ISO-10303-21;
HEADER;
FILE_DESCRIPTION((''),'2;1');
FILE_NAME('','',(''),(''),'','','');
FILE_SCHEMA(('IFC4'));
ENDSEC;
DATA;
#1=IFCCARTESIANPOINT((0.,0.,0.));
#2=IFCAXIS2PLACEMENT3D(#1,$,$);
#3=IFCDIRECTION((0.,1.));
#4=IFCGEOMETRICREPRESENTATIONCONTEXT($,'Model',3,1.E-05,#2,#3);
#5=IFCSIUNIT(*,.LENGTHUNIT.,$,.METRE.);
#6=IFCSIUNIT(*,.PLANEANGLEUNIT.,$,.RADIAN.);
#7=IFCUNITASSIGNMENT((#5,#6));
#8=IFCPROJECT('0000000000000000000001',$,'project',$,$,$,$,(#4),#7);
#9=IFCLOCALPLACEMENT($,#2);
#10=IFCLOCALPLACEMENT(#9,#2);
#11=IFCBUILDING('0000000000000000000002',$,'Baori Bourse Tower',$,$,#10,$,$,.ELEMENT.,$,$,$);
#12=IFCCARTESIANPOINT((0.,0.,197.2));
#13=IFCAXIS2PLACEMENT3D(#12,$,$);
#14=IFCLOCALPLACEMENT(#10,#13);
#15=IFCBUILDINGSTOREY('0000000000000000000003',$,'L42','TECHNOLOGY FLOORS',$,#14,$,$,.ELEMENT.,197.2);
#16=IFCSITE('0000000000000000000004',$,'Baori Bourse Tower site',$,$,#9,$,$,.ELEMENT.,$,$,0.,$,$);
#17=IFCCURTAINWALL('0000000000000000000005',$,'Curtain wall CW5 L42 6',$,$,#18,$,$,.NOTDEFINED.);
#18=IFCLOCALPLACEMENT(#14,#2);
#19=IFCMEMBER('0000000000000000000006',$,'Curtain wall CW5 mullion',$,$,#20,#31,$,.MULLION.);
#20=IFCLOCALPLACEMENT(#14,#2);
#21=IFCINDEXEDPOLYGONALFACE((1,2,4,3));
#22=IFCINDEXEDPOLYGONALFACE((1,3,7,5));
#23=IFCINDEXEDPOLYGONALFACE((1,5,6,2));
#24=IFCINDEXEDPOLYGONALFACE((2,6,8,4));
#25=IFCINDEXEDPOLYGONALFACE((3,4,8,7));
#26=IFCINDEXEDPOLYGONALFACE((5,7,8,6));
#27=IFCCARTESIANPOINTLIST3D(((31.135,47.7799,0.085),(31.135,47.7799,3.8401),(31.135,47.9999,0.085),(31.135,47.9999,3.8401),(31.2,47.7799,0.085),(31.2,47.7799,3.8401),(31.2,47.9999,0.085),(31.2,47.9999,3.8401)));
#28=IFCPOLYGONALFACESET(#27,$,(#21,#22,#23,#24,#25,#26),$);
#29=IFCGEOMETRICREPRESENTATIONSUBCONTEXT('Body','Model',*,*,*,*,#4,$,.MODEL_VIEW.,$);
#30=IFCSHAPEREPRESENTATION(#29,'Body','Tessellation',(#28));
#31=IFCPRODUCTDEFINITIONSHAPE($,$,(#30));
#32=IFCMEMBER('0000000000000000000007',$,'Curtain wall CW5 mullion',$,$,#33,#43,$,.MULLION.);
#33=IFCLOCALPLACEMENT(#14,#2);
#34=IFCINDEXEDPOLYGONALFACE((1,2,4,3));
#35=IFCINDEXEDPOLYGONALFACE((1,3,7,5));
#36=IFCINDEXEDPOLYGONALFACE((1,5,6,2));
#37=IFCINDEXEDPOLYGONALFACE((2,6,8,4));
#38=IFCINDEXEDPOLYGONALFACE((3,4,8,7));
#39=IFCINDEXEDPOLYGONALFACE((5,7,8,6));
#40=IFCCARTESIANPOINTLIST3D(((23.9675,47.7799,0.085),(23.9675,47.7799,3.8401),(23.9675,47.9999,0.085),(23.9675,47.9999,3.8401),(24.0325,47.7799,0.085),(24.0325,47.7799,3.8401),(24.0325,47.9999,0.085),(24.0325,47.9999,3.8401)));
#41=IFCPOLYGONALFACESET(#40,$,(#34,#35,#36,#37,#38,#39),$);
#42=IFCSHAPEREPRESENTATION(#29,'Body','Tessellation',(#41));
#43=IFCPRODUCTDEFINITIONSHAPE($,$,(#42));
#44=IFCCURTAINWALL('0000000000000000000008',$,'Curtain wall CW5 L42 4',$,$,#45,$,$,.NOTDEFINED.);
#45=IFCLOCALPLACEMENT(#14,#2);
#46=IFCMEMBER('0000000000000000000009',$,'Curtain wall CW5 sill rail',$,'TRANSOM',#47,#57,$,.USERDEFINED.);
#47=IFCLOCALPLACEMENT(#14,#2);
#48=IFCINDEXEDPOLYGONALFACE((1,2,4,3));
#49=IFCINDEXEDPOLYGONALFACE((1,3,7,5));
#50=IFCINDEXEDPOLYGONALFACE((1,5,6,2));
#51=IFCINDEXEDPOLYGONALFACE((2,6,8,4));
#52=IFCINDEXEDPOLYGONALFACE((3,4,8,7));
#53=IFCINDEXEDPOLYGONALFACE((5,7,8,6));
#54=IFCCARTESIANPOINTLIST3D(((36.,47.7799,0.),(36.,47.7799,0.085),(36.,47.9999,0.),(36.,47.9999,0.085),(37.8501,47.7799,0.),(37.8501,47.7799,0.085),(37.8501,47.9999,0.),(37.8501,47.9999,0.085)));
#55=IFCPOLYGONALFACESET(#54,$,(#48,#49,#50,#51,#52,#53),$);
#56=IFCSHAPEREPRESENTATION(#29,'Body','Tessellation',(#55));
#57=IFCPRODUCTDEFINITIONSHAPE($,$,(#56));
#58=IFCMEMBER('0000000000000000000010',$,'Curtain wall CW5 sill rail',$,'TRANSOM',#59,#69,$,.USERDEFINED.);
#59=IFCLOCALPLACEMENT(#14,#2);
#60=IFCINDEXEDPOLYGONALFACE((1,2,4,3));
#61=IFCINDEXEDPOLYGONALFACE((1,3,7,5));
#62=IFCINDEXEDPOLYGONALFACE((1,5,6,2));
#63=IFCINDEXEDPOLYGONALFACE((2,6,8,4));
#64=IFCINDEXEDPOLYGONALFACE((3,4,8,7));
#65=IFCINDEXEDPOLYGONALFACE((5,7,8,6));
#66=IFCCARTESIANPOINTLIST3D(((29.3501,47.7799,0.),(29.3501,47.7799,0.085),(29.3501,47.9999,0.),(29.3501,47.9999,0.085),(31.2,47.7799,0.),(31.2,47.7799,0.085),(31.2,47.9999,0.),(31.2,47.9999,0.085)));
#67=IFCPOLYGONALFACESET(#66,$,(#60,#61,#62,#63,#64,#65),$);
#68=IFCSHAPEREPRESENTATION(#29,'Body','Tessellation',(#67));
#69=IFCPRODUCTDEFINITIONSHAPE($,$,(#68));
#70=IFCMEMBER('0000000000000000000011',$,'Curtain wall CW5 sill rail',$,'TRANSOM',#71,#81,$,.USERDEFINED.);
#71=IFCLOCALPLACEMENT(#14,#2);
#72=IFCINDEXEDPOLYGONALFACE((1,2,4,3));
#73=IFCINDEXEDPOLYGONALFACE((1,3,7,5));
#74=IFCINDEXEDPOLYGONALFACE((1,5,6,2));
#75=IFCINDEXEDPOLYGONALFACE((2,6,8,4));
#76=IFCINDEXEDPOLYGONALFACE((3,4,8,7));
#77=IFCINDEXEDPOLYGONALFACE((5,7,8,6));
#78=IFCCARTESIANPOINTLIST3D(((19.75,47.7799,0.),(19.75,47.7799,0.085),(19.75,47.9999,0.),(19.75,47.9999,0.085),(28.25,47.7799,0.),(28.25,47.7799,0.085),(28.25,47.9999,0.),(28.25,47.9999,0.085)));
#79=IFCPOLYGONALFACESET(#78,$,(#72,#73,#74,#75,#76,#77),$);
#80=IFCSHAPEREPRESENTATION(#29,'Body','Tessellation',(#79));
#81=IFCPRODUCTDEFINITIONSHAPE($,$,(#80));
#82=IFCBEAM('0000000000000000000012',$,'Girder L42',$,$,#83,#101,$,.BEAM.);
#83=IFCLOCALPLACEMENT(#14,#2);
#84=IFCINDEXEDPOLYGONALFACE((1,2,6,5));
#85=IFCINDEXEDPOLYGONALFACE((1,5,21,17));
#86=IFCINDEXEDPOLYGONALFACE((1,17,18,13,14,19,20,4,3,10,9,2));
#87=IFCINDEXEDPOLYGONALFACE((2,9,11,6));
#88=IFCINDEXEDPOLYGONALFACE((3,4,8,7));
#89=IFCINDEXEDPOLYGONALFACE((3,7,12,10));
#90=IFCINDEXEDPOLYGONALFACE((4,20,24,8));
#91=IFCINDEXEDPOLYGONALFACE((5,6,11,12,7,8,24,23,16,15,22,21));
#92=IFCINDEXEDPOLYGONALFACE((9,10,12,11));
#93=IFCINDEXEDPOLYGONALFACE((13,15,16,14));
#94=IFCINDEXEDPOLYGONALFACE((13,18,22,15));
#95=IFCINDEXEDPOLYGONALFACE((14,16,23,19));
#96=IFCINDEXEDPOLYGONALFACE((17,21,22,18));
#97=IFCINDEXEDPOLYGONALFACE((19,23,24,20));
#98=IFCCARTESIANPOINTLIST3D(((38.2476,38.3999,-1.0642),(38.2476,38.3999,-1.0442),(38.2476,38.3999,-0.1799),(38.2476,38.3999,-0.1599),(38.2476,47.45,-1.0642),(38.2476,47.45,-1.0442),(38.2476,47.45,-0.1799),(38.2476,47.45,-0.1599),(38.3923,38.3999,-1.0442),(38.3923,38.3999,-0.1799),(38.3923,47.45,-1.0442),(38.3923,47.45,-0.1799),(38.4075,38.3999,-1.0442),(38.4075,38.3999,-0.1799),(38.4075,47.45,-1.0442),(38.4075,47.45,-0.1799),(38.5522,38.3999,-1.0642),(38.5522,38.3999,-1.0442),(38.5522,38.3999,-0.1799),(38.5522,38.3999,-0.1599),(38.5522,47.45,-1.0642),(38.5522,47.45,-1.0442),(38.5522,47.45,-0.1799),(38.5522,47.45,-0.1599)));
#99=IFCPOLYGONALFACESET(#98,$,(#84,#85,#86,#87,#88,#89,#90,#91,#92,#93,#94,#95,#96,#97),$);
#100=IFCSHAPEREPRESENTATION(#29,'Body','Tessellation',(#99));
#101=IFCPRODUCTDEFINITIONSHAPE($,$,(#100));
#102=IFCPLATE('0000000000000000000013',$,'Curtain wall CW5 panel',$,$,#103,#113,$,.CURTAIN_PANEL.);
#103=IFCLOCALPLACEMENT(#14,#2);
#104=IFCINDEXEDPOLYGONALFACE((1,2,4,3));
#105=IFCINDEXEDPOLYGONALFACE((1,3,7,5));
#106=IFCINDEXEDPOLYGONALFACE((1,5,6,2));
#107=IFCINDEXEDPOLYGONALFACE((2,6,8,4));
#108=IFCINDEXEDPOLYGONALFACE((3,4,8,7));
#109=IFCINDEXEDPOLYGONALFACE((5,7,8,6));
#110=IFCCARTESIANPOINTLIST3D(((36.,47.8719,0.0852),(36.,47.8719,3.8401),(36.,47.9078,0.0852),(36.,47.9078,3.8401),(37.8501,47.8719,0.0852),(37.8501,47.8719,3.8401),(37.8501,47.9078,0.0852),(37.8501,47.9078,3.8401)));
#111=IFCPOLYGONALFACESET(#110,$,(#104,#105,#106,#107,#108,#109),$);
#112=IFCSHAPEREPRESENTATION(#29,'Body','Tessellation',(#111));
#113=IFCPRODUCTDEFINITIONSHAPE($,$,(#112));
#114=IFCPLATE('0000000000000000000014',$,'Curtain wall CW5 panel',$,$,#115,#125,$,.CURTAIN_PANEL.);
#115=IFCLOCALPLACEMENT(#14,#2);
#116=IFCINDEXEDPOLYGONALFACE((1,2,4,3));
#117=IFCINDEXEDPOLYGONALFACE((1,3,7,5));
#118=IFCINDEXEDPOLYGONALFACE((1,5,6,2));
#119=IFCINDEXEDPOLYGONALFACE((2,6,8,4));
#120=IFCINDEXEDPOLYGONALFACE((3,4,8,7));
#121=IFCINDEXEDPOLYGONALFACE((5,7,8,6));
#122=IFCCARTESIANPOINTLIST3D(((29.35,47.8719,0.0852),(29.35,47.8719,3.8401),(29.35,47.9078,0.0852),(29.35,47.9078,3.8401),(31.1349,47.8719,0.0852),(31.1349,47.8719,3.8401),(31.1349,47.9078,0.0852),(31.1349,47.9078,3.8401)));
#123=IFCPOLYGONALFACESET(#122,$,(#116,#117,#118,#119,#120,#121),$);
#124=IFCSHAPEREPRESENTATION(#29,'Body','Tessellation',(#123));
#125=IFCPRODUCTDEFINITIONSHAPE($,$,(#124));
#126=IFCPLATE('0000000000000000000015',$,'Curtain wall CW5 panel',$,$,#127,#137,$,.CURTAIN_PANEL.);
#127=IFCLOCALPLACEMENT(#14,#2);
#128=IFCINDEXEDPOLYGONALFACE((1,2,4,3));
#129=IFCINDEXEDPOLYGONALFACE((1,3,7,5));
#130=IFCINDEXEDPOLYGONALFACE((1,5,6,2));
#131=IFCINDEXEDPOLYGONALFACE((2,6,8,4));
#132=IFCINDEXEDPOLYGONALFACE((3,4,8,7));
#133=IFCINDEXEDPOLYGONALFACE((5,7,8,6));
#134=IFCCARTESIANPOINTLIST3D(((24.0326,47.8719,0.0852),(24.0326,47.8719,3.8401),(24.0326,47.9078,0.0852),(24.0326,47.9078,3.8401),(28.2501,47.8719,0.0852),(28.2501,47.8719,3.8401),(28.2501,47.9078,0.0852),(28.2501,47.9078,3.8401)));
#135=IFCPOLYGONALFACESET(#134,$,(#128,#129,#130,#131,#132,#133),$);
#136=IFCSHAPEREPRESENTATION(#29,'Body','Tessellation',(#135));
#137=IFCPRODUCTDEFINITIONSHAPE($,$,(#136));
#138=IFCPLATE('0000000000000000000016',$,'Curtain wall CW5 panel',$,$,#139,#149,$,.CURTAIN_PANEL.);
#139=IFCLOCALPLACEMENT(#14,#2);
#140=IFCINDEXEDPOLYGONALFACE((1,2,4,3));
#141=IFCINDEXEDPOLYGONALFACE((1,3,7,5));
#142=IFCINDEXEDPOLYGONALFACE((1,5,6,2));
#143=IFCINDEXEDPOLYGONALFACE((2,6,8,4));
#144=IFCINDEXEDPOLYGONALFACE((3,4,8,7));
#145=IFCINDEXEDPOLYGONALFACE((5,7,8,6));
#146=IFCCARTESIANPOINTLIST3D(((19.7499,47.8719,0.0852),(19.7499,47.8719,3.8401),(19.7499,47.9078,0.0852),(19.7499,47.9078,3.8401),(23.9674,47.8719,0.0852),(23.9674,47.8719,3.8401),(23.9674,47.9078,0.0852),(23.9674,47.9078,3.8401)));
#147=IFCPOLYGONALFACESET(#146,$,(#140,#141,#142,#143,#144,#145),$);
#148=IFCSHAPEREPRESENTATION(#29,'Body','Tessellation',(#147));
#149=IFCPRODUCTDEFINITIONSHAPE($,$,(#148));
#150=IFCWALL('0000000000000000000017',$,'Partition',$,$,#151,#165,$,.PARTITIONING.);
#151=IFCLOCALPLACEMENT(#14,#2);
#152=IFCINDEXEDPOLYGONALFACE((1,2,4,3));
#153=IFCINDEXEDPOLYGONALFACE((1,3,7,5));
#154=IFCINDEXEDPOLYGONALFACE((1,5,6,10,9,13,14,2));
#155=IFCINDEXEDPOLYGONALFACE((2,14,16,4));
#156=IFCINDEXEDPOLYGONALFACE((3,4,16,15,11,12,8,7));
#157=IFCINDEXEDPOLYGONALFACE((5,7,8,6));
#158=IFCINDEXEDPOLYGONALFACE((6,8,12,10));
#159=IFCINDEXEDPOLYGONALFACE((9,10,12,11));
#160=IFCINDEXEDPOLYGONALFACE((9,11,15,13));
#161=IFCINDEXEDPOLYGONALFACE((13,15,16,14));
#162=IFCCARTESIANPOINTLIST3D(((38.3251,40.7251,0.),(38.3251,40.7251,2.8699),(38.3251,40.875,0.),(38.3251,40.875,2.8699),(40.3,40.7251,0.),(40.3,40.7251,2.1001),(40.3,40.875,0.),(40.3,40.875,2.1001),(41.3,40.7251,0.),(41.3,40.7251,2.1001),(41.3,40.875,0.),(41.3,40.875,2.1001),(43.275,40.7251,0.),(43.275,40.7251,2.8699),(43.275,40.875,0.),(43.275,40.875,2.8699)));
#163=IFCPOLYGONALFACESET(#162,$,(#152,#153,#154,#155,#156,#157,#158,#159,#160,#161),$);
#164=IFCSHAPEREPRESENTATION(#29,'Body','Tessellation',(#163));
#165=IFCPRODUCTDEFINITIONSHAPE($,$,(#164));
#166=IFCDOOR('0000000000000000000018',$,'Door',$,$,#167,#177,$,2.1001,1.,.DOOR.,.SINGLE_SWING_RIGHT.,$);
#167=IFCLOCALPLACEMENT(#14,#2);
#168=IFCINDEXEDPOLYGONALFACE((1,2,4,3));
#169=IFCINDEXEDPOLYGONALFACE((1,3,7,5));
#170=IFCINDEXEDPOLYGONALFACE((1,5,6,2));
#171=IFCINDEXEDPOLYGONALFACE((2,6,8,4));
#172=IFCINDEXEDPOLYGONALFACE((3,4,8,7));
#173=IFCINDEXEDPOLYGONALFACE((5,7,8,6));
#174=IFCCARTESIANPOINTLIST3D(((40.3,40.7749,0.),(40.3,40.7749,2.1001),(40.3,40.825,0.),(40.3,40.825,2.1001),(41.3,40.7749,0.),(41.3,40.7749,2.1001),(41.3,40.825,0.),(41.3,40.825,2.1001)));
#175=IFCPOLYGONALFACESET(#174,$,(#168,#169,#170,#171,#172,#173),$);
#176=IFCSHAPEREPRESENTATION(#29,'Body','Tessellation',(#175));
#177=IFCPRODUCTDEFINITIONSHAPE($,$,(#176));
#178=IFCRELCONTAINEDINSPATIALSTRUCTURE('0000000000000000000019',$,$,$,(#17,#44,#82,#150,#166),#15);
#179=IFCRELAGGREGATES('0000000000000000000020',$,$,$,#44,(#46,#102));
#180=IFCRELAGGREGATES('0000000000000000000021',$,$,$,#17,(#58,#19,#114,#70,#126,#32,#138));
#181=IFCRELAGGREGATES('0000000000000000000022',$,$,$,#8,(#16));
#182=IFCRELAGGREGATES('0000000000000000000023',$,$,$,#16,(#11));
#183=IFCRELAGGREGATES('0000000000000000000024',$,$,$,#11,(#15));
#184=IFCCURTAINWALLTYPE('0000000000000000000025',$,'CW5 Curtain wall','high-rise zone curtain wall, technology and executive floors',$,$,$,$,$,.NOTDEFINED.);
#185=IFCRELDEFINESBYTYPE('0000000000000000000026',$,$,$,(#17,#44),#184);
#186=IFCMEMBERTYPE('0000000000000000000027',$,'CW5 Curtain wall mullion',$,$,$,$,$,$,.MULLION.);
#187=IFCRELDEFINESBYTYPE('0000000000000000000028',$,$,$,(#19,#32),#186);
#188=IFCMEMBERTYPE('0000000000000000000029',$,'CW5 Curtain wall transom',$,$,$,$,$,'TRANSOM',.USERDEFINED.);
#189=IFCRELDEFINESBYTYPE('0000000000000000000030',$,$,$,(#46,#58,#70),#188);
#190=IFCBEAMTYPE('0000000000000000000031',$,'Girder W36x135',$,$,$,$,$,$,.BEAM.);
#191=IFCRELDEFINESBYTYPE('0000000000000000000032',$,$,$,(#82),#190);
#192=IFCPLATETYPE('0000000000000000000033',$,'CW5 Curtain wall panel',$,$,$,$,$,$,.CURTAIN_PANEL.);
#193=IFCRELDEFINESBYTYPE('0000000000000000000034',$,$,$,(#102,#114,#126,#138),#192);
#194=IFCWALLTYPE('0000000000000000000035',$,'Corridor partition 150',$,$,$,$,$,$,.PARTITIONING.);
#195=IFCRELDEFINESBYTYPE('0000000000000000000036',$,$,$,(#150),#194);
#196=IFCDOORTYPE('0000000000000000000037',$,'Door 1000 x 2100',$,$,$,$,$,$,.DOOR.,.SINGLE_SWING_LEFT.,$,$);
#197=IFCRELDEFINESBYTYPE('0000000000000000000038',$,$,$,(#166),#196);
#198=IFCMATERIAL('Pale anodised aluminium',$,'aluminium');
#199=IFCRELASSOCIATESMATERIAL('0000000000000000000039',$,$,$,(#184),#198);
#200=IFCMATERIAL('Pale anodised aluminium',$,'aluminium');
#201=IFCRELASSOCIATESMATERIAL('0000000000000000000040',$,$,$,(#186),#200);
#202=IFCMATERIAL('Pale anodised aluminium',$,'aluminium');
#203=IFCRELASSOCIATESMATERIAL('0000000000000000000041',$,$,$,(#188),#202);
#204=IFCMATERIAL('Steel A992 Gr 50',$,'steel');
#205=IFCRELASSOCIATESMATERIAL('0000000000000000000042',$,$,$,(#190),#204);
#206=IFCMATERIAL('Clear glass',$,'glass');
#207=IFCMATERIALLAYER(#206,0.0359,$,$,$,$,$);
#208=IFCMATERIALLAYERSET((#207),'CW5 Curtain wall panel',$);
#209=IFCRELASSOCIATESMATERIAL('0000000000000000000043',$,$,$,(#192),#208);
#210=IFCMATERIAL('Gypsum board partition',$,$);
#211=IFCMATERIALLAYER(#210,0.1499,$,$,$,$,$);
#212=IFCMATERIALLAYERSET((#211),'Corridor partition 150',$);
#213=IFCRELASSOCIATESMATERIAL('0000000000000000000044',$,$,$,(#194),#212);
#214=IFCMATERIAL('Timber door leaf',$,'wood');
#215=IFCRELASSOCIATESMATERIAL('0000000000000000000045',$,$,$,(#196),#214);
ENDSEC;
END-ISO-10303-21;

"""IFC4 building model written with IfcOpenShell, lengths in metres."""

from ifc_helpers import new_model, si_unit, direction, frame, frame_2d, origin, origin_2d, place, context, subcontext, project, spatial, rectangle, i_section, extrude, material, layer, layer_set, material_profile, profile_set, type_object, element, fill, aggregate, save


model = new_model("IFC4")

# Units and contexts
model_context = context("Model", 3, precision=1e-05, world=origin(), true_north=direction((0.0, 1.0)))
body_context = subcontext(model_context, "Body", "Model", "MODEL_VIEW")
ifc_project = project(units=[si_unit("LENGTHUNIT", "METRE"), si_unit("PLANEANGLEUNIT", "RADIAN")], contexts=[model_context])

# Site, building, storey
site_placement = place(None, origin())
site = spatial("IfcSite", under=ifc_project, at=site_placement, Name="Baori Bourse Tower site", CompositionType="ELEMENT", RefElevation=0.0)
building_placement = place(site_placement, origin())
building = spatial("IfcBuilding", under=site, at=building_placement, Name="Baori Bourse Tower", CompositionType="ELEMENT")
storey_placement = place(building_placement, frame((0.0, 0.0, 197.2)))
storey = spatial("IfcBuildingStorey", under=building, at=storey_placement, Name="L42", Description="TECHNOLOGY FLOORS", CompositionType="ELEMENT", Elevation=197.2)

# Curtain wall, members
ifc_material_1 = material(Name="Pale anodised aluminium", Category="aluminium")
curtain_wall_type = type_object("IfcCurtainWallType", Name="CW5 Curtain wall", Description="high-rise zone curtain wall, technology and executive floors", PredefinedType="NOTDEFINED", material=ifc_material_1)
curtain_wall_1_placement = place(storey_placement, origin())
curtain_wall_1 = element("IfcCurtainWall", 1, at=curtain_wall_1_placement, inside=storey, type_object=curtain_wall_type, Name="Curtain wall CW5 L42 6", PredefinedType="NOTDEFINED")
ifc_material_2 = material(Name="Pale anodised aluminium", Category="aluminium")
ifc_material_profile_1 = material_profile(ifc_material_2, rectangle(XDim=0.22, YDim=0.0649, at=origin_2d()), Name="Mullion 65x220")
ifc_profile_set_1 = profile_set([ifc_material_profile_1], Name="Pale anodised aluminium")
member_type_1 = type_object("IfcMemberType", Name="CW5 Curtain wall mullion", PredefinedType="MULLION", material=ifc_profile_set_1)
member_1_placement = place(storey_placement, frame((31.1675, 47.8899, 0.085), z_axis=(0.0, 0.0, 1.0), x_axis=(0.0, -1.0, 0.0)))
member_1 = element("IfcMember", 2, at=member_1_placement, type_object=member_type_1, Name="Curtain wall CW5 mullion", PredefinedType="MULLION", context=body_context, shape_type="SweptSolid", body=[
    extrude(rectangle(XDim=0.22, YDim=0.0649, at=origin_2d()), origin(), (0.0, 0.0, 1.0), 3.7551),
])
member_2_placement = place(storey_placement, frame((24.0, 47.8899, 0.085), z_axis=(0.0, 0.0, 1.0), x_axis=(0.0, -1.0, 0.0)))
member_2 = element("IfcMember", 3, at=member_2_placement, type_object=member_type_1, Name="Curtain wall CW5 mullion", PredefinedType="MULLION", context=body_context, shape_type="SweptSolid", body=[
    extrude(rectangle(XDim=0.22, YDim=0.0649, at=origin_2d()), origin(), (0.0, 0.0, 1.0), 3.7551),
])

# Curtain wall, member
curtain_wall_2_placement = place(storey_placement, origin())
curtain_wall_2 = element("IfcCurtainWall", 4, at=curtain_wall_2_placement, inside=storey, type_object=curtain_wall_type, Name="Curtain wall CW5 L42 4", PredefinedType="NOTDEFINED")
ifc_material_3 = material(Name="Pale anodised aluminium", Category="aluminium")
ifc_material_profile_2 = material_profile(ifc_material_3, rectangle(XDim=0.22, YDim=0.085, at=origin_2d()), Name="Transom 85x220")
ifc_profile_set_2 = profile_set([ifc_material_profile_2], Name="Pale anodised aluminium")
member_type_2 = type_object("IfcMemberType", Name="CW5 Curtain wall transom", ElementType="TRANSOM", PredefinedType="USERDEFINED", material=ifc_profile_set_2)
member_3_placement = place(storey_placement, frame((37.8501, 47.8899, 0.0425), z_axis=(-1.0, 0.0, 0.0), x_axis=(0.0, -1.0, 0.0)))
member_3 = element("IfcMember", 5, at=member_3_placement, type_object=member_type_2, Name="Curtain wall CW5 sill rail", ObjectType="TRANSOM", PredefinedType="USERDEFINED", context=body_context, shape_type="SweptSolid", body=[
    extrude(rectangle(XDim=0.22, YDim=0.085, at=origin_2d()), origin(), (0.0, 0.0, 1.0), 1.8501),
])

# Members
member_4_placement = place(storey_placement, frame((31.2, 47.8899, 0.0425), z_axis=(-1.0, 0.0, 0.0), x_axis=(0.0, -1.0, 0.0)))
member_4 = element("IfcMember", 6, at=member_4_placement, type_object=member_type_2, Name="Curtain wall CW5 sill rail", ObjectType="TRANSOM", PredefinedType="USERDEFINED", context=body_context, shape_type="SweptSolid", body=[
    extrude(rectangle(XDim=0.22, YDim=0.085, at=origin_2d()), origin(), (0.0, 0.0, 1.0), 1.8499),
])
member_5_placement = place(storey_placement, frame((28.25, 47.8899, 0.0425), z_axis=(-1.0, 0.0, 0.0), x_axis=(0.0, -1.0, 0.0)))
member_5 = element("IfcMember", 7, at=member_5_placement, type_object=member_type_2, Name="Curtain wall CW5 sill rail", ObjectType="TRANSOM", PredefinedType="USERDEFINED", context=body_context, shape_type="SweptSolid", body=[
    extrude(rectangle(XDim=0.22, YDim=0.085, at=origin_2d()), origin(), (0.0, 0.0, 1.0), 8.5),
])

# Beam
ifc_material_4 = material(Name="Steel A992 Gr 50", Category="steel")
ifc_material_profile_3 = material_profile(ifc_material_4, i_section(OverallWidth=0.3047, OverallDepth=0.9043, WebThickness=0.0151, FlangeThickness=0.02, at=origin_2d()), Name="W36x135")
ifc_profile_set_3 = profile_set([ifc_material_profile_3], Name="Steel A992 Gr 50")
beam_type = type_object("IfcBeamType", Name="Girder W36x135", PredefinedType="BEAM", material=ifc_profile_set_3)
beam_placement = place(storey_placement, frame((38.3999, 38.3999, -0.6121), z_axis=(0.0, 1.0, 0.0), x_axis=(-1.0, 0.0, 0.0)))
element("IfcBeam", 8, at=beam_placement, inside=storey, type_object=beam_type, Name="Girder L42", PredefinedType="BEAM", context=body_context, shape_type="SweptSolid", body=[
    extrude(i_section(OverallWidth=0.3047, OverallDepth=0.9043, WebThickness=0.0151, FlangeThickness=0.02, at=origin_2d()), origin(), (0.0, 0.0, 1.0), 9.05),
])

# Plates
ifc_material_5 = material(Name="Clear glass", Category="glass")
ifc_layer_1 = layer(ifc_material_5, 0.0359)
ifc_layer_set_1 = layer_set([ifc_layer_1], Name="CW5 Curtain wall panel")
plate_type = type_object("IfcPlateType", Name="CW5 Curtain wall panel", PredefinedType="CURTAIN_PANEL", material=ifc_layer_set_1)
plate_1_placement = place(storey_placement, frame((36.925, 47.8899, 0.0852), z_axis=(0.0, 0.0, 1.0), x_axis=(-1.0, 0.0, 0.0)))
plate_1 = element("IfcPlate", 9, at=plate_1_placement, type_object=plate_type, Name="Curtain wall CW5 panel", PredefinedType="CURTAIN_PANEL", context=body_context, shape_type="SweptSolid", body=[
    extrude(rectangle(XDim=1.8501, YDim=0.0359, at=origin_2d()), origin(), (0.0, 0.0, 1.0), 3.7549),
])
aggregate(curtain_wall_2, [member_3, plate_1])
plate_2_placement = place(storey_placement, frame((30.2424, 47.8899, 0.0852), z_axis=(0.0, 0.0, 1.0), x_axis=(-1.0, 0.0, 0.0)))
plate_2 = element("IfcPlate", 10, at=plate_2_placement, type_object=plate_type, Name="Curtain wall CW5 panel", PredefinedType="CURTAIN_PANEL", context=body_context, shape_type="SweptSolid", body=[
    extrude(rectangle(XDim=1.7849, YDim=0.0359, at=origin_2d()), origin(), (0.0, 0.0, 1.0), 3.7549),
])
plate_3_placement = place(storey_placement, frame((26.1414, 47.8899, 0.0852), z_axis=(0.0, 0.0, 1.0), x_axis=(-1.0, 0.0, 0.0)))
plate_3 = element("IfcPlate", 11, at=plate_3_placement, type_object=plate_type, Name="Curtain wall CW5 panel", PredefinedType="CURTAIN_PANEL", context=body_context, shape_type="SweptSolid", body=[
    extrude(rectangle(XDim=4.2175, YDim=0.0359, at=origin_2d()), origin(), (0.0, 0.0, 1.0), 3.7549),
])
plate_4_placement = place(storey_placement, frame((21.8586, 47.8899, 0.0852), z_axis=(0.0, 0.0, 1.0), x_axis=(-1.0, 0.0, 0.0)))
plate_4 = element("IfcPlate", 12, at=plate_4_placement, type_object=plate_type, Name="Curtain wall CW5 panel", PredefinedType="CURTAIN_PANEL", context=body_context, shape_type="SweptSolid", body=[
    extrude(rectangle(XDim=4.2175, YDim=0.0359, at=origin_2d()), origin(), (0.0, 0.0, 1.0), 3.7549),
])
aggregate(curtain_wall_1, [member_4, member_1, plate_2, member_5, plate_3, member_2, plate_4])

# Wall, opening, door
ifc_material_6 = material(Name="Gypsum board partition")
ifc_layer_2 = layer(ifc_material_6, 0.1499)
ifc_layer_set_2 = layer_set([ifc_layer_2], Name="Corridor partition 150")
wall_type_1 = type_object("IfcWallType", Name="Corridor partition 150", PredefinedType="PARTITIONING", material=ifc_layer_set_2)
wall_1_placement = place(storey_placement, frame((38.325, 40.8, 0.0), z_axis=(0.0, 0.0, 1.0), x_axis=(1.0, 0.0, 0.0)))
wall_1 = element("IfcWall", 13, at=wall_1_placement, inside=storey, type_object=wall_type_1, Name="Partition", PredefinedType="PARTITIONING", context=body_context, shape_type="SweptSolid", body=[
    extrude(rectangle(XDim=4.95, YDim=0.1499, at=frame_2d((2.4751, 0.0))), origin(), (0.0, 0.0, 1.0), 2.8699),
])
opening_1_placement = place(wall_1_placement, frame((1.9751, 0.0, 0.0)))
opening_1 = element("IfcOpeningElement", 14, at=opening_1_placement, cuts=wall_1, PredefinedType="OPENING", context=body_context, shape_type="SweptSolid", body=[
    extrude(rectangle(XDim=1.0, YDim=2.1001, at=frame_2d((0.5, 1.05))), frame((0.0, 0.085, 0.0), z_axis=(0.0, -1.0, 0.0), x_axis=(1.0, 0.0, 0.0)), (0.0, 0.0, 1.0), 0.1699),
])
ifc_material_7 = material(Name="Timber door leaf", Category="wood")
door_type_1 = type_object("IfcDoorType", Name="Door 1000 x 2100", OperationType="SINGLE_SWING_LEFT", PredefinedType="DOOR", material=ifc_material_7)
door_1_placement = place(opening_1_placement, origin())
door_1 = element("IfcDoor", 15, at=door_1_placement, inside=storey, type_object=door_type_1, Name="Door", OperationType="SINGLE_SWING_RIGHT", OverallHeight=2.1001, OverallWidth=1.0, PredefinedType="DOOR", context=body_context, shape_type="SweptSolid", body=[
    extrude(rectangle(XDim=1.0, YDim=2.1001, at=frame_2d((0.5, 1.05))), frame((0.0, 0.0249, 0.0), z_axis=(0.0, -1.0, 0.0), x_axis=(1.0, 0.0, 0.0)), (0.0, 0.0, 1.0), 0.05),
])
fill(opening_1, door_1)

save(model, "model.ifc")
